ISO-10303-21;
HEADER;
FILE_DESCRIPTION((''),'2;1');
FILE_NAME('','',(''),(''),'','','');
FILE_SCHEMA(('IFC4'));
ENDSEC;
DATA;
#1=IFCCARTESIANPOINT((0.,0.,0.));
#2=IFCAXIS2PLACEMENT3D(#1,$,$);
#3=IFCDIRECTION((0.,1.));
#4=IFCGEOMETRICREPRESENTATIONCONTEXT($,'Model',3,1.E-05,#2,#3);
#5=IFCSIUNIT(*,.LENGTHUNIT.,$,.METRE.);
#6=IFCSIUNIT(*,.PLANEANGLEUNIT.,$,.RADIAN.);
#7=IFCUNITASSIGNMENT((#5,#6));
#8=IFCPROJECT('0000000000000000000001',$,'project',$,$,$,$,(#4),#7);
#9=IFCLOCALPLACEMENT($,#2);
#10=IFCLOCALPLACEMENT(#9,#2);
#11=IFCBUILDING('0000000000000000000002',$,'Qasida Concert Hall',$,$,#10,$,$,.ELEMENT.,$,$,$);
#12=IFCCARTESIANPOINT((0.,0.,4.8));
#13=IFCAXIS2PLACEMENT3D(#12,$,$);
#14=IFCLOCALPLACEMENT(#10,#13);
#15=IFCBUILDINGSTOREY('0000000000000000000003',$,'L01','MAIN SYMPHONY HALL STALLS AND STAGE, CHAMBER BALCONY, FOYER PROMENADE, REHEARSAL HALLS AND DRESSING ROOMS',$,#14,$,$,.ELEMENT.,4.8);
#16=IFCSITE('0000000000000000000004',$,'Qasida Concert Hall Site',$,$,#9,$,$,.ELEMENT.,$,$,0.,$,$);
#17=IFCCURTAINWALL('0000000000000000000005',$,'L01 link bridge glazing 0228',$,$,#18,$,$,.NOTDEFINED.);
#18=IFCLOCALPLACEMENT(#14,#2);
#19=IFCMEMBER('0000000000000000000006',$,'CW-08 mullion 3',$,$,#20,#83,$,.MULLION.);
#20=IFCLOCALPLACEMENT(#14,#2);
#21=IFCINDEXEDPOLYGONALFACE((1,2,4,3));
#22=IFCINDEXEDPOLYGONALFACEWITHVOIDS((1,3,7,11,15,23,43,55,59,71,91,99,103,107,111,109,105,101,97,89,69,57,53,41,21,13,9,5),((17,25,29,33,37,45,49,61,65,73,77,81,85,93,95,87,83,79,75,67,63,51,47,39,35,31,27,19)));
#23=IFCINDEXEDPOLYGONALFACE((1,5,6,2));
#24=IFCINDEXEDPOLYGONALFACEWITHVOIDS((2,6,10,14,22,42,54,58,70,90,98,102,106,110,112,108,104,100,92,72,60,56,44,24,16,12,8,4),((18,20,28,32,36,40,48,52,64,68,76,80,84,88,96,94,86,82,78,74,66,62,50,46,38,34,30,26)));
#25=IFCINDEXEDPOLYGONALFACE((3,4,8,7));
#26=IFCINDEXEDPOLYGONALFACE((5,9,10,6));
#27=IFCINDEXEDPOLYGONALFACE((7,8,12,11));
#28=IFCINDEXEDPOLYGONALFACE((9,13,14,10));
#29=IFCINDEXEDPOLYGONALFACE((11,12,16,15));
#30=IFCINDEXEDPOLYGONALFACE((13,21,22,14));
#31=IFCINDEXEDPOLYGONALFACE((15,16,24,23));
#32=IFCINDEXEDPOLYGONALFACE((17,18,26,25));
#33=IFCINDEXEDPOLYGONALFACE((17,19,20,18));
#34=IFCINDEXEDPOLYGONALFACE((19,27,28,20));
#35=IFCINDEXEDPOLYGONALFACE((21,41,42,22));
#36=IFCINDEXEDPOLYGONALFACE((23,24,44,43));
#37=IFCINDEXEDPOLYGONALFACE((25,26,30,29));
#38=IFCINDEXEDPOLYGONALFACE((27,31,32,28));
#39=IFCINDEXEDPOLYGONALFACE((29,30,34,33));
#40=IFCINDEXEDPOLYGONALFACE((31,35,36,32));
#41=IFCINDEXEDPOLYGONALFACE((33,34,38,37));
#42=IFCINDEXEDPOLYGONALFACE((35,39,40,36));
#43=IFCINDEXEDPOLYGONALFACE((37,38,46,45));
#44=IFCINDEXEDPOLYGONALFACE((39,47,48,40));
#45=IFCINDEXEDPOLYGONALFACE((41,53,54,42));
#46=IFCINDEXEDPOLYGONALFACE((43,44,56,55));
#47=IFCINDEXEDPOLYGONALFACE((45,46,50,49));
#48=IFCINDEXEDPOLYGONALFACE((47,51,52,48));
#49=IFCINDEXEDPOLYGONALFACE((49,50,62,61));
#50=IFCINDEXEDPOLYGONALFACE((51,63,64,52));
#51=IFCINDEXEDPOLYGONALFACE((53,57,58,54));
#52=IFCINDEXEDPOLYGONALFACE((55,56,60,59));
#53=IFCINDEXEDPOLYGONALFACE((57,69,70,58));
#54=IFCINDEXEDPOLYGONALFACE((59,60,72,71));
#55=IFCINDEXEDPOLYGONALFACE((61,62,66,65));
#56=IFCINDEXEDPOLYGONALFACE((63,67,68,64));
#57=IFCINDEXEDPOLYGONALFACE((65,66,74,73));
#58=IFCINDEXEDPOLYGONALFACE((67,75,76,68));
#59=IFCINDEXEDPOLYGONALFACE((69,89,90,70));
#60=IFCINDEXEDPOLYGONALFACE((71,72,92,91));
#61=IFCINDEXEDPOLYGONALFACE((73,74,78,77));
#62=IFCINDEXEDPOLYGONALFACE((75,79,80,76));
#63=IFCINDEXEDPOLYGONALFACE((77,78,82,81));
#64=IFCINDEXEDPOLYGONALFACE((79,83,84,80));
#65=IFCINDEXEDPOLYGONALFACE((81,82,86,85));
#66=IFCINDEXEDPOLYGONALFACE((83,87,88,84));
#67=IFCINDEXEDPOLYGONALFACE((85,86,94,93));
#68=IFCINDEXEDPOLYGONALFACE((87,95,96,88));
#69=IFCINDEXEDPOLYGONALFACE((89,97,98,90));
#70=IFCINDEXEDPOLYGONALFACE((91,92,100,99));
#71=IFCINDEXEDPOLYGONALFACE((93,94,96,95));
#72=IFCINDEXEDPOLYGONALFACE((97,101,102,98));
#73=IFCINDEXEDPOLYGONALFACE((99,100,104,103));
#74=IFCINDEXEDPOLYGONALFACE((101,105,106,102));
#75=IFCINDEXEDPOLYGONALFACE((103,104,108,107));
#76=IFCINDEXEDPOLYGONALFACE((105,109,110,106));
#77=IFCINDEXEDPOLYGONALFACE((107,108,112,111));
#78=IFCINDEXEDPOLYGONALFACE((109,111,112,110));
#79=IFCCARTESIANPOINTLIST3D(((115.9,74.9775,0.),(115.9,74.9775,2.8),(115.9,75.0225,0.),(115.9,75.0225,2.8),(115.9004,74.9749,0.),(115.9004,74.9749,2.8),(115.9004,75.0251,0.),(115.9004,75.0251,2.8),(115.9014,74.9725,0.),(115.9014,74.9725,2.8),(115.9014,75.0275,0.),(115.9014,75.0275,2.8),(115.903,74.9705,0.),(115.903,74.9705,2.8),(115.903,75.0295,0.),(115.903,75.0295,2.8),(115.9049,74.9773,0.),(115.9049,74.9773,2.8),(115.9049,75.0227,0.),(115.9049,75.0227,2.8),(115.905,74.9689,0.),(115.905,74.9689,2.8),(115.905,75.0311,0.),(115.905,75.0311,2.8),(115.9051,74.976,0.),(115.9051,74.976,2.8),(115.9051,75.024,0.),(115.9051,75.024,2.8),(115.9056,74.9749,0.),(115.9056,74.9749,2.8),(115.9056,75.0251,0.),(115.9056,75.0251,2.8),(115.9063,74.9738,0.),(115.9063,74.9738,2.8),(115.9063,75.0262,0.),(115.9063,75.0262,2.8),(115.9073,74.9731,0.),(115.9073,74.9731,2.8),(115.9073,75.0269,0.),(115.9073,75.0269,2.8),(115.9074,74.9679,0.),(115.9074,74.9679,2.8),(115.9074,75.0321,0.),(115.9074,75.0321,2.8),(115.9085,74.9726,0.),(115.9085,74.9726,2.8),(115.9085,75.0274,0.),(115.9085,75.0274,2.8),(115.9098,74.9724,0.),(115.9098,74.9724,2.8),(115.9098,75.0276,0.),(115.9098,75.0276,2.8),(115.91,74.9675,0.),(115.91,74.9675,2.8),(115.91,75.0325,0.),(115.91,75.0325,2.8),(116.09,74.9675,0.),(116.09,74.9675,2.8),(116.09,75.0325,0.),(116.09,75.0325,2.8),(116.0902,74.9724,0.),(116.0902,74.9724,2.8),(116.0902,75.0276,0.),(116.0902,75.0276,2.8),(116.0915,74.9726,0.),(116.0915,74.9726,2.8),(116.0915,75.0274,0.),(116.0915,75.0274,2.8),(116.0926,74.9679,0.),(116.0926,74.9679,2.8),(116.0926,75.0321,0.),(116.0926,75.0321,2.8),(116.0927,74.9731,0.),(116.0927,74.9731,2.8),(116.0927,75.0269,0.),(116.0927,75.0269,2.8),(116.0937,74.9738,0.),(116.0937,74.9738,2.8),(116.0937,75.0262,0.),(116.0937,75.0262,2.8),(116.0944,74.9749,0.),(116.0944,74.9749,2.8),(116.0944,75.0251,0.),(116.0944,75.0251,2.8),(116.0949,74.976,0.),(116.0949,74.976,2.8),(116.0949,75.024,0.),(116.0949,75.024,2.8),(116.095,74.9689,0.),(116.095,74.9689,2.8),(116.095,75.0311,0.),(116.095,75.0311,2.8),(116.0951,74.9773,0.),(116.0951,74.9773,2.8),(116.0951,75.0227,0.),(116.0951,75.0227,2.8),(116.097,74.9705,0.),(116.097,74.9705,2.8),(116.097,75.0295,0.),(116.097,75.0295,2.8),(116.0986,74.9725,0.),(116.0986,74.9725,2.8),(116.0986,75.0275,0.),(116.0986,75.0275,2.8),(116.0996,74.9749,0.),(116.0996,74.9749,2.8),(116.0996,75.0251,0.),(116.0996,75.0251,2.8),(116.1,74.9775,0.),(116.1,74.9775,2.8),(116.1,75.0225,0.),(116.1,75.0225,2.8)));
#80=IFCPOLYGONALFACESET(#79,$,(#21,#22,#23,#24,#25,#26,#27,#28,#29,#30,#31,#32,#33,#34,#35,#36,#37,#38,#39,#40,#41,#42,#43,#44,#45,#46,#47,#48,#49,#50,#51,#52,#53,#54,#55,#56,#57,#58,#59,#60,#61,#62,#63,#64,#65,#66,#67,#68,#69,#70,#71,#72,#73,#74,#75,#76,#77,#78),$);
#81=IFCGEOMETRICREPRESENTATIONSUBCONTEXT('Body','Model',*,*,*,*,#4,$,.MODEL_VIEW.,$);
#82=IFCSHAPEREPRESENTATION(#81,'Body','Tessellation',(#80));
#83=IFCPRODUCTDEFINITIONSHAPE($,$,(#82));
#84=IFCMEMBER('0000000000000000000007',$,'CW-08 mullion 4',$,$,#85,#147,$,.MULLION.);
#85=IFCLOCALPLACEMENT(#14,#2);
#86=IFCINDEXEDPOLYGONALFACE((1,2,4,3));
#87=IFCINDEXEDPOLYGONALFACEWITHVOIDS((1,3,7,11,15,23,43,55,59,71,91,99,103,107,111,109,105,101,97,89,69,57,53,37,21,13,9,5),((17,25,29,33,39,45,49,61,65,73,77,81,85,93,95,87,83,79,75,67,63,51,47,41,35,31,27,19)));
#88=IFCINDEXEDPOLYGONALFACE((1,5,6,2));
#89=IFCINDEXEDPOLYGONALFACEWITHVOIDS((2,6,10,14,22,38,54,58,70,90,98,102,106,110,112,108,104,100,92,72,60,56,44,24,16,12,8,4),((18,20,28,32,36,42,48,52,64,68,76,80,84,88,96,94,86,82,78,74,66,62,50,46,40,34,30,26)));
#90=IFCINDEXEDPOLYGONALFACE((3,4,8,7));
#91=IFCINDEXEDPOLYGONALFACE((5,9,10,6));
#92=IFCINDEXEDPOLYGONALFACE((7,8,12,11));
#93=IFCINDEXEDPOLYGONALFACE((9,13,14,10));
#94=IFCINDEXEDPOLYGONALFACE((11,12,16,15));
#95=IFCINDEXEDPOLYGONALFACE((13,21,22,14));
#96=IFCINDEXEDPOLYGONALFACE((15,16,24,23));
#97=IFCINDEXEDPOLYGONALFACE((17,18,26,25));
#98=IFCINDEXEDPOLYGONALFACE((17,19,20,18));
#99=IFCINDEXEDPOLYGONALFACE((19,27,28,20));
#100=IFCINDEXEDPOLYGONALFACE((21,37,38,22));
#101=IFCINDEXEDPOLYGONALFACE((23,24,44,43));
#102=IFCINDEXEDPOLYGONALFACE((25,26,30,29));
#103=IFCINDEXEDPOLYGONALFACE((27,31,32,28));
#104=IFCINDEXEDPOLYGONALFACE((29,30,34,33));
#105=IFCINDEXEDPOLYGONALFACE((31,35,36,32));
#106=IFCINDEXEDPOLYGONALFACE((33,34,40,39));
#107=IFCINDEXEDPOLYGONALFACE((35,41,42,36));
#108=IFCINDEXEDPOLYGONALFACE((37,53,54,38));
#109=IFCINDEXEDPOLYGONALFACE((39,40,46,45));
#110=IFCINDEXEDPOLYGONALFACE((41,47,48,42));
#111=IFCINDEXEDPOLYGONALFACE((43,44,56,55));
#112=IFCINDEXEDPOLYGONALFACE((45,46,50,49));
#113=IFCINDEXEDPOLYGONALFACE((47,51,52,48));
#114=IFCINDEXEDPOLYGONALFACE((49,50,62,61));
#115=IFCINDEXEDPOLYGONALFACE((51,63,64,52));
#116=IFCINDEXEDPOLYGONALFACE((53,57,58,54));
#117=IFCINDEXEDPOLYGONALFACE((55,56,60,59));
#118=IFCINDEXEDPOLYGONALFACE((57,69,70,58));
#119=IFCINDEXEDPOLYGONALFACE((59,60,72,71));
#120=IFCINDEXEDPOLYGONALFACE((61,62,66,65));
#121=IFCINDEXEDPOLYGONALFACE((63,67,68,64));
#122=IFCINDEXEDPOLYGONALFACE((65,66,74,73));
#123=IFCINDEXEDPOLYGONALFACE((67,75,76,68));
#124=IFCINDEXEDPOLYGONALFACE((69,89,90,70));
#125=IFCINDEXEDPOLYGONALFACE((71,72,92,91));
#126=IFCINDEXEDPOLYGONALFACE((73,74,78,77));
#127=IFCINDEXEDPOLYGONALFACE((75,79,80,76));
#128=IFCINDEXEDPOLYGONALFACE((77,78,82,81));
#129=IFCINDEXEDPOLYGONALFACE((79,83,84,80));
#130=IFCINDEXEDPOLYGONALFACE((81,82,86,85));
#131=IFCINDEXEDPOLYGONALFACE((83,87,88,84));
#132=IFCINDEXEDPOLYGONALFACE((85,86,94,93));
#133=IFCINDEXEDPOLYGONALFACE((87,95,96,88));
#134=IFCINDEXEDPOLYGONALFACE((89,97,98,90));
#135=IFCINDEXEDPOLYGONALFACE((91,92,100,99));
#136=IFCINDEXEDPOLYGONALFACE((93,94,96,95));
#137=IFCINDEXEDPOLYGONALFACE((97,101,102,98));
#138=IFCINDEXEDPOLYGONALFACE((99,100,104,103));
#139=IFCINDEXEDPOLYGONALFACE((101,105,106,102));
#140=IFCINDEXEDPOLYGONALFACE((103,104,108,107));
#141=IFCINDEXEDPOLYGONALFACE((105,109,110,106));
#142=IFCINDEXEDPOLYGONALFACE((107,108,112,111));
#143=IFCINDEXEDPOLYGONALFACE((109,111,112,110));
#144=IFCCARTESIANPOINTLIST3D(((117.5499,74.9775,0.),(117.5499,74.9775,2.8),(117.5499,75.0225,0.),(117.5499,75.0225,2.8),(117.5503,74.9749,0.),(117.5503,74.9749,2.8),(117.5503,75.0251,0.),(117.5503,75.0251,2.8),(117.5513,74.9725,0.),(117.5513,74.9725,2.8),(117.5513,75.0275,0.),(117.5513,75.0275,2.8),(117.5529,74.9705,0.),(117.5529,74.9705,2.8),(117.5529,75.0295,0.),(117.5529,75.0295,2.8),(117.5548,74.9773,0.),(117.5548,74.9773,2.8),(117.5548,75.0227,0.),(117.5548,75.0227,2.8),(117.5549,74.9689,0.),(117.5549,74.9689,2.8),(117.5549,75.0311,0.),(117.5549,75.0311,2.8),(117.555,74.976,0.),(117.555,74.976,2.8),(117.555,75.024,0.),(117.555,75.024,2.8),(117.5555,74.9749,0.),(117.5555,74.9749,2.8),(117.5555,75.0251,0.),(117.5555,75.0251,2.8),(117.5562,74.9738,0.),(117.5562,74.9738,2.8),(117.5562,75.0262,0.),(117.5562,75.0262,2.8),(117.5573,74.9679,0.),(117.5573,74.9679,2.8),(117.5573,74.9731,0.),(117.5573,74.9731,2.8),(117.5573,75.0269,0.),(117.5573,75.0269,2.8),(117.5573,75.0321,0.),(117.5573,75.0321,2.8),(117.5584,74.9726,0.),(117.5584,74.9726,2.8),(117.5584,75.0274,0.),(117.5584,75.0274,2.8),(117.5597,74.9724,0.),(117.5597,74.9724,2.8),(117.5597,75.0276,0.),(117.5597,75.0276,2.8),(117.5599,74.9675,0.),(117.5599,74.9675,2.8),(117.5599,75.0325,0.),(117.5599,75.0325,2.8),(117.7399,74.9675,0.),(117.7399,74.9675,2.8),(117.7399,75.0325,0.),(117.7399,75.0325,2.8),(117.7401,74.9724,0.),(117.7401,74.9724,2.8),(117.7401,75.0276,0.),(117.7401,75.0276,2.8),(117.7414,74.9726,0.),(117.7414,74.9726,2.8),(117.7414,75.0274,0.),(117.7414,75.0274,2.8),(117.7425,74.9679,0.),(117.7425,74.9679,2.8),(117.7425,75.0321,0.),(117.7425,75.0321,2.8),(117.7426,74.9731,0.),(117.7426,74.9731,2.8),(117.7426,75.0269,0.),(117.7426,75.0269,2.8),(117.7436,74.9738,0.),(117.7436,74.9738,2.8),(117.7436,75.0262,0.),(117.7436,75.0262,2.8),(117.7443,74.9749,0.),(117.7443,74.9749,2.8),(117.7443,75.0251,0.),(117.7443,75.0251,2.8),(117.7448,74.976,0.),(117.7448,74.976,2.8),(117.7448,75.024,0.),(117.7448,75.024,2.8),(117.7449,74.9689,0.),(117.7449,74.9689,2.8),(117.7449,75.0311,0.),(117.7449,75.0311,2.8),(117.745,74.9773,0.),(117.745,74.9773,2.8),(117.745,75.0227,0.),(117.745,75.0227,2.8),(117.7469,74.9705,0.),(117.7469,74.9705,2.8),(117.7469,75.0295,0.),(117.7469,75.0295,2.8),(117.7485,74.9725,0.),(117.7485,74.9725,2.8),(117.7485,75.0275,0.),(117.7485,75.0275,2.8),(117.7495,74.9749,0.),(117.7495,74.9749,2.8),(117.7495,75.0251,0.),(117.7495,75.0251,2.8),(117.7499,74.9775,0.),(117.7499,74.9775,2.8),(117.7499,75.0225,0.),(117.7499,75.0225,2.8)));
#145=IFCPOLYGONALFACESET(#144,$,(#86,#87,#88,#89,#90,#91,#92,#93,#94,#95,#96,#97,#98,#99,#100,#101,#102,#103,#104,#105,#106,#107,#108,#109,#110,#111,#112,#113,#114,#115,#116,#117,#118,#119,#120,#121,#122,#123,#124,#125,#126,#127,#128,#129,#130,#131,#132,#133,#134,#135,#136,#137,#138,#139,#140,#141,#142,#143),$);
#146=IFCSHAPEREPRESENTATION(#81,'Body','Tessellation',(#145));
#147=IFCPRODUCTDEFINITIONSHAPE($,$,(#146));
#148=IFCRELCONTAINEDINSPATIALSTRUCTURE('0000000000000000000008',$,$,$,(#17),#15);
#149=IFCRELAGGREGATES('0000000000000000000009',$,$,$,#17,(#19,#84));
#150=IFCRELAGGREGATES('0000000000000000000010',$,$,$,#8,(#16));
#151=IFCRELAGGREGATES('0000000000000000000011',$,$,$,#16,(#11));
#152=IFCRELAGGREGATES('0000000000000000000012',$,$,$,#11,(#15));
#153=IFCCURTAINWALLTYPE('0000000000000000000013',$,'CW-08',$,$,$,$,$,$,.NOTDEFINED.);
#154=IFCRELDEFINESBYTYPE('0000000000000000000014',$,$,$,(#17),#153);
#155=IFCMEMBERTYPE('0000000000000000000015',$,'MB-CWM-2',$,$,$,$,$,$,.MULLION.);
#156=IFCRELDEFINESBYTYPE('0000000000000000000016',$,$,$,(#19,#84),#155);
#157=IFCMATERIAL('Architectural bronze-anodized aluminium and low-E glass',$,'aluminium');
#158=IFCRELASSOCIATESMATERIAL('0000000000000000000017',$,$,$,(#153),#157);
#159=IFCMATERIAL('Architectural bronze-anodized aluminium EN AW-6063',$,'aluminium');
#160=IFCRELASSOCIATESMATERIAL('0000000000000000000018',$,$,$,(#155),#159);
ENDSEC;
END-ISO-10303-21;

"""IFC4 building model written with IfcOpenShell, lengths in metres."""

from ifc_helpers import new_model, si_unit, direction, frame, origin, origin_2d, place, context, subcontext, project, spatial, hollow_rectangle, extrude, material, material_profile, profile_set, type_object, element, aggregate, save


model = new_model("IFC4")

# Units and contexts
model_context = context("Model", 3, precision=1e-05, world=origin(), true_north=direction((0.0, 1.0)))
body_context = subcontext(model_context, "Body", "Model", "MODEL_VIEW")
ifc_project = project(units=[si_unit("LENGTHUNIT", "METRE"), si_unit("PLANEANGLEUNIT", "RADIAN")], contexts=[model_context])

# Site, building, storey
site_placement = place(None, origin())
site = spatial("IfcSite", under=ifc_project, at=site_placement, Name="Qasida Concert Hall Site", CompositionType="ELEMENT", RefElevation=0.0)
building_placement = place(site_placement, origin())
building = spatial("IfcBuilding", under=site, at=building_placement, Name="Qasida Concert Hall", CompositionType="ELEMENT")
storey_placement = place(building_placement, frame((0.0, 0.0, 4.8)))
storey = spatial("IfcBuildingStorey", under=building, at=storey_placement, Name="L01", Description="MAIN SYMPHONY HALL STALLS AND STAGE, CHAMBER BALCONY, FOYER PROMENADE, REHEARSAL HALLS AND DRESSING ROOMS", CompositionType="ELEMENT", Elevation=4.8)

# Curtain wall, members
ifc_material_1 = material(Name="Architectural bronze-anodized aluminium and low-E glass", Category="aluminium")
curtain_wall_type = type_object("IfcCurtainWallType", Name="CW-08", PredefinedType="NOTDEFINED", material=ifc_material_1)
curtain_wall_placement = place(storey_placement, origin())
curtain_wall = element("IfcCurtainWall", 1, at=curtain_wall_placement, inside=storey, type_object=curtain_wall_type, Name="L01 link bridge glazing 0228", PredefinedType="NOTDEFINED")
ifc_material_2 = material(Name="Architectural bronze-anodized aluminium EN AW-6063", Category="aluminium")
ifc_material_profile_1 = material_profile(ifc_material_2, hollow_rectangle(XDim=0.0649, YDim=0.2, WallThickness=0.0049, InnerFilletRadius=0.0049, OuterFilletRadius=0.01, at=origin_2d()), Name="CWM 200x65x5")
ifc_profile_set_1 = profile_set([ifc_material_profile_1], Name="Architectural bronze-anodized aluminium EN AW-6063")
member_type_1 = type_object("IfcMemberType", Name="MB-CWM-2", PredefinedType="MULLION", material=ifc_profile_set_1)
member_1_placement = place(storey_placement, frame((116.0, 75.0, 0.0), z_axis=(0.0, 0.0, 1.0), x_axis=(0.0, 1.0, 0.0)))
member_1 = element("IfcMember", 2, at=member_1_placement, type_object=member_type_1, Name="CW-08 mullion 3", PredefinedType="MULLION", context=body_context, shape_type="SweptSolid", body=[
    extrude(hollow_rectangle(XDim=0.0649, YDim=0.2, WallThickness=0.0049, InnerFilletRadius=0.0049, OuterFilletRadius=0.01, at=origin_2d()), origin(), (0.0, 0.0, 1.0), 2.8),
])
member_2_placement = place(storey_placement, frame((117.6499, 75.0, 0.0), z_axis=(0.0, 0.0, 1.0), x_axis=(0.0, 1.0, 0.0)))
member_2 = element("IfcMember", 3, at=member_2_placement, type_object=member_type_1, Name="CW-08 mullion 4", PredefinedType="MULLION", context=body_context, shape_type="SweptSolid", body=[
    extrude(hollow_rectangle(XDim=0.0649, YDim=0.2, WallThickness=0.0049, InnerFilletRadius=0.0049, OuterFilletRadius=0.01, at=origin_2d()), origin(), (0.0, 0.0, 1.0), 2.8),
])
aggregate(curtain_wall, [member_1, member_2])

save(model, "model.ifc")
